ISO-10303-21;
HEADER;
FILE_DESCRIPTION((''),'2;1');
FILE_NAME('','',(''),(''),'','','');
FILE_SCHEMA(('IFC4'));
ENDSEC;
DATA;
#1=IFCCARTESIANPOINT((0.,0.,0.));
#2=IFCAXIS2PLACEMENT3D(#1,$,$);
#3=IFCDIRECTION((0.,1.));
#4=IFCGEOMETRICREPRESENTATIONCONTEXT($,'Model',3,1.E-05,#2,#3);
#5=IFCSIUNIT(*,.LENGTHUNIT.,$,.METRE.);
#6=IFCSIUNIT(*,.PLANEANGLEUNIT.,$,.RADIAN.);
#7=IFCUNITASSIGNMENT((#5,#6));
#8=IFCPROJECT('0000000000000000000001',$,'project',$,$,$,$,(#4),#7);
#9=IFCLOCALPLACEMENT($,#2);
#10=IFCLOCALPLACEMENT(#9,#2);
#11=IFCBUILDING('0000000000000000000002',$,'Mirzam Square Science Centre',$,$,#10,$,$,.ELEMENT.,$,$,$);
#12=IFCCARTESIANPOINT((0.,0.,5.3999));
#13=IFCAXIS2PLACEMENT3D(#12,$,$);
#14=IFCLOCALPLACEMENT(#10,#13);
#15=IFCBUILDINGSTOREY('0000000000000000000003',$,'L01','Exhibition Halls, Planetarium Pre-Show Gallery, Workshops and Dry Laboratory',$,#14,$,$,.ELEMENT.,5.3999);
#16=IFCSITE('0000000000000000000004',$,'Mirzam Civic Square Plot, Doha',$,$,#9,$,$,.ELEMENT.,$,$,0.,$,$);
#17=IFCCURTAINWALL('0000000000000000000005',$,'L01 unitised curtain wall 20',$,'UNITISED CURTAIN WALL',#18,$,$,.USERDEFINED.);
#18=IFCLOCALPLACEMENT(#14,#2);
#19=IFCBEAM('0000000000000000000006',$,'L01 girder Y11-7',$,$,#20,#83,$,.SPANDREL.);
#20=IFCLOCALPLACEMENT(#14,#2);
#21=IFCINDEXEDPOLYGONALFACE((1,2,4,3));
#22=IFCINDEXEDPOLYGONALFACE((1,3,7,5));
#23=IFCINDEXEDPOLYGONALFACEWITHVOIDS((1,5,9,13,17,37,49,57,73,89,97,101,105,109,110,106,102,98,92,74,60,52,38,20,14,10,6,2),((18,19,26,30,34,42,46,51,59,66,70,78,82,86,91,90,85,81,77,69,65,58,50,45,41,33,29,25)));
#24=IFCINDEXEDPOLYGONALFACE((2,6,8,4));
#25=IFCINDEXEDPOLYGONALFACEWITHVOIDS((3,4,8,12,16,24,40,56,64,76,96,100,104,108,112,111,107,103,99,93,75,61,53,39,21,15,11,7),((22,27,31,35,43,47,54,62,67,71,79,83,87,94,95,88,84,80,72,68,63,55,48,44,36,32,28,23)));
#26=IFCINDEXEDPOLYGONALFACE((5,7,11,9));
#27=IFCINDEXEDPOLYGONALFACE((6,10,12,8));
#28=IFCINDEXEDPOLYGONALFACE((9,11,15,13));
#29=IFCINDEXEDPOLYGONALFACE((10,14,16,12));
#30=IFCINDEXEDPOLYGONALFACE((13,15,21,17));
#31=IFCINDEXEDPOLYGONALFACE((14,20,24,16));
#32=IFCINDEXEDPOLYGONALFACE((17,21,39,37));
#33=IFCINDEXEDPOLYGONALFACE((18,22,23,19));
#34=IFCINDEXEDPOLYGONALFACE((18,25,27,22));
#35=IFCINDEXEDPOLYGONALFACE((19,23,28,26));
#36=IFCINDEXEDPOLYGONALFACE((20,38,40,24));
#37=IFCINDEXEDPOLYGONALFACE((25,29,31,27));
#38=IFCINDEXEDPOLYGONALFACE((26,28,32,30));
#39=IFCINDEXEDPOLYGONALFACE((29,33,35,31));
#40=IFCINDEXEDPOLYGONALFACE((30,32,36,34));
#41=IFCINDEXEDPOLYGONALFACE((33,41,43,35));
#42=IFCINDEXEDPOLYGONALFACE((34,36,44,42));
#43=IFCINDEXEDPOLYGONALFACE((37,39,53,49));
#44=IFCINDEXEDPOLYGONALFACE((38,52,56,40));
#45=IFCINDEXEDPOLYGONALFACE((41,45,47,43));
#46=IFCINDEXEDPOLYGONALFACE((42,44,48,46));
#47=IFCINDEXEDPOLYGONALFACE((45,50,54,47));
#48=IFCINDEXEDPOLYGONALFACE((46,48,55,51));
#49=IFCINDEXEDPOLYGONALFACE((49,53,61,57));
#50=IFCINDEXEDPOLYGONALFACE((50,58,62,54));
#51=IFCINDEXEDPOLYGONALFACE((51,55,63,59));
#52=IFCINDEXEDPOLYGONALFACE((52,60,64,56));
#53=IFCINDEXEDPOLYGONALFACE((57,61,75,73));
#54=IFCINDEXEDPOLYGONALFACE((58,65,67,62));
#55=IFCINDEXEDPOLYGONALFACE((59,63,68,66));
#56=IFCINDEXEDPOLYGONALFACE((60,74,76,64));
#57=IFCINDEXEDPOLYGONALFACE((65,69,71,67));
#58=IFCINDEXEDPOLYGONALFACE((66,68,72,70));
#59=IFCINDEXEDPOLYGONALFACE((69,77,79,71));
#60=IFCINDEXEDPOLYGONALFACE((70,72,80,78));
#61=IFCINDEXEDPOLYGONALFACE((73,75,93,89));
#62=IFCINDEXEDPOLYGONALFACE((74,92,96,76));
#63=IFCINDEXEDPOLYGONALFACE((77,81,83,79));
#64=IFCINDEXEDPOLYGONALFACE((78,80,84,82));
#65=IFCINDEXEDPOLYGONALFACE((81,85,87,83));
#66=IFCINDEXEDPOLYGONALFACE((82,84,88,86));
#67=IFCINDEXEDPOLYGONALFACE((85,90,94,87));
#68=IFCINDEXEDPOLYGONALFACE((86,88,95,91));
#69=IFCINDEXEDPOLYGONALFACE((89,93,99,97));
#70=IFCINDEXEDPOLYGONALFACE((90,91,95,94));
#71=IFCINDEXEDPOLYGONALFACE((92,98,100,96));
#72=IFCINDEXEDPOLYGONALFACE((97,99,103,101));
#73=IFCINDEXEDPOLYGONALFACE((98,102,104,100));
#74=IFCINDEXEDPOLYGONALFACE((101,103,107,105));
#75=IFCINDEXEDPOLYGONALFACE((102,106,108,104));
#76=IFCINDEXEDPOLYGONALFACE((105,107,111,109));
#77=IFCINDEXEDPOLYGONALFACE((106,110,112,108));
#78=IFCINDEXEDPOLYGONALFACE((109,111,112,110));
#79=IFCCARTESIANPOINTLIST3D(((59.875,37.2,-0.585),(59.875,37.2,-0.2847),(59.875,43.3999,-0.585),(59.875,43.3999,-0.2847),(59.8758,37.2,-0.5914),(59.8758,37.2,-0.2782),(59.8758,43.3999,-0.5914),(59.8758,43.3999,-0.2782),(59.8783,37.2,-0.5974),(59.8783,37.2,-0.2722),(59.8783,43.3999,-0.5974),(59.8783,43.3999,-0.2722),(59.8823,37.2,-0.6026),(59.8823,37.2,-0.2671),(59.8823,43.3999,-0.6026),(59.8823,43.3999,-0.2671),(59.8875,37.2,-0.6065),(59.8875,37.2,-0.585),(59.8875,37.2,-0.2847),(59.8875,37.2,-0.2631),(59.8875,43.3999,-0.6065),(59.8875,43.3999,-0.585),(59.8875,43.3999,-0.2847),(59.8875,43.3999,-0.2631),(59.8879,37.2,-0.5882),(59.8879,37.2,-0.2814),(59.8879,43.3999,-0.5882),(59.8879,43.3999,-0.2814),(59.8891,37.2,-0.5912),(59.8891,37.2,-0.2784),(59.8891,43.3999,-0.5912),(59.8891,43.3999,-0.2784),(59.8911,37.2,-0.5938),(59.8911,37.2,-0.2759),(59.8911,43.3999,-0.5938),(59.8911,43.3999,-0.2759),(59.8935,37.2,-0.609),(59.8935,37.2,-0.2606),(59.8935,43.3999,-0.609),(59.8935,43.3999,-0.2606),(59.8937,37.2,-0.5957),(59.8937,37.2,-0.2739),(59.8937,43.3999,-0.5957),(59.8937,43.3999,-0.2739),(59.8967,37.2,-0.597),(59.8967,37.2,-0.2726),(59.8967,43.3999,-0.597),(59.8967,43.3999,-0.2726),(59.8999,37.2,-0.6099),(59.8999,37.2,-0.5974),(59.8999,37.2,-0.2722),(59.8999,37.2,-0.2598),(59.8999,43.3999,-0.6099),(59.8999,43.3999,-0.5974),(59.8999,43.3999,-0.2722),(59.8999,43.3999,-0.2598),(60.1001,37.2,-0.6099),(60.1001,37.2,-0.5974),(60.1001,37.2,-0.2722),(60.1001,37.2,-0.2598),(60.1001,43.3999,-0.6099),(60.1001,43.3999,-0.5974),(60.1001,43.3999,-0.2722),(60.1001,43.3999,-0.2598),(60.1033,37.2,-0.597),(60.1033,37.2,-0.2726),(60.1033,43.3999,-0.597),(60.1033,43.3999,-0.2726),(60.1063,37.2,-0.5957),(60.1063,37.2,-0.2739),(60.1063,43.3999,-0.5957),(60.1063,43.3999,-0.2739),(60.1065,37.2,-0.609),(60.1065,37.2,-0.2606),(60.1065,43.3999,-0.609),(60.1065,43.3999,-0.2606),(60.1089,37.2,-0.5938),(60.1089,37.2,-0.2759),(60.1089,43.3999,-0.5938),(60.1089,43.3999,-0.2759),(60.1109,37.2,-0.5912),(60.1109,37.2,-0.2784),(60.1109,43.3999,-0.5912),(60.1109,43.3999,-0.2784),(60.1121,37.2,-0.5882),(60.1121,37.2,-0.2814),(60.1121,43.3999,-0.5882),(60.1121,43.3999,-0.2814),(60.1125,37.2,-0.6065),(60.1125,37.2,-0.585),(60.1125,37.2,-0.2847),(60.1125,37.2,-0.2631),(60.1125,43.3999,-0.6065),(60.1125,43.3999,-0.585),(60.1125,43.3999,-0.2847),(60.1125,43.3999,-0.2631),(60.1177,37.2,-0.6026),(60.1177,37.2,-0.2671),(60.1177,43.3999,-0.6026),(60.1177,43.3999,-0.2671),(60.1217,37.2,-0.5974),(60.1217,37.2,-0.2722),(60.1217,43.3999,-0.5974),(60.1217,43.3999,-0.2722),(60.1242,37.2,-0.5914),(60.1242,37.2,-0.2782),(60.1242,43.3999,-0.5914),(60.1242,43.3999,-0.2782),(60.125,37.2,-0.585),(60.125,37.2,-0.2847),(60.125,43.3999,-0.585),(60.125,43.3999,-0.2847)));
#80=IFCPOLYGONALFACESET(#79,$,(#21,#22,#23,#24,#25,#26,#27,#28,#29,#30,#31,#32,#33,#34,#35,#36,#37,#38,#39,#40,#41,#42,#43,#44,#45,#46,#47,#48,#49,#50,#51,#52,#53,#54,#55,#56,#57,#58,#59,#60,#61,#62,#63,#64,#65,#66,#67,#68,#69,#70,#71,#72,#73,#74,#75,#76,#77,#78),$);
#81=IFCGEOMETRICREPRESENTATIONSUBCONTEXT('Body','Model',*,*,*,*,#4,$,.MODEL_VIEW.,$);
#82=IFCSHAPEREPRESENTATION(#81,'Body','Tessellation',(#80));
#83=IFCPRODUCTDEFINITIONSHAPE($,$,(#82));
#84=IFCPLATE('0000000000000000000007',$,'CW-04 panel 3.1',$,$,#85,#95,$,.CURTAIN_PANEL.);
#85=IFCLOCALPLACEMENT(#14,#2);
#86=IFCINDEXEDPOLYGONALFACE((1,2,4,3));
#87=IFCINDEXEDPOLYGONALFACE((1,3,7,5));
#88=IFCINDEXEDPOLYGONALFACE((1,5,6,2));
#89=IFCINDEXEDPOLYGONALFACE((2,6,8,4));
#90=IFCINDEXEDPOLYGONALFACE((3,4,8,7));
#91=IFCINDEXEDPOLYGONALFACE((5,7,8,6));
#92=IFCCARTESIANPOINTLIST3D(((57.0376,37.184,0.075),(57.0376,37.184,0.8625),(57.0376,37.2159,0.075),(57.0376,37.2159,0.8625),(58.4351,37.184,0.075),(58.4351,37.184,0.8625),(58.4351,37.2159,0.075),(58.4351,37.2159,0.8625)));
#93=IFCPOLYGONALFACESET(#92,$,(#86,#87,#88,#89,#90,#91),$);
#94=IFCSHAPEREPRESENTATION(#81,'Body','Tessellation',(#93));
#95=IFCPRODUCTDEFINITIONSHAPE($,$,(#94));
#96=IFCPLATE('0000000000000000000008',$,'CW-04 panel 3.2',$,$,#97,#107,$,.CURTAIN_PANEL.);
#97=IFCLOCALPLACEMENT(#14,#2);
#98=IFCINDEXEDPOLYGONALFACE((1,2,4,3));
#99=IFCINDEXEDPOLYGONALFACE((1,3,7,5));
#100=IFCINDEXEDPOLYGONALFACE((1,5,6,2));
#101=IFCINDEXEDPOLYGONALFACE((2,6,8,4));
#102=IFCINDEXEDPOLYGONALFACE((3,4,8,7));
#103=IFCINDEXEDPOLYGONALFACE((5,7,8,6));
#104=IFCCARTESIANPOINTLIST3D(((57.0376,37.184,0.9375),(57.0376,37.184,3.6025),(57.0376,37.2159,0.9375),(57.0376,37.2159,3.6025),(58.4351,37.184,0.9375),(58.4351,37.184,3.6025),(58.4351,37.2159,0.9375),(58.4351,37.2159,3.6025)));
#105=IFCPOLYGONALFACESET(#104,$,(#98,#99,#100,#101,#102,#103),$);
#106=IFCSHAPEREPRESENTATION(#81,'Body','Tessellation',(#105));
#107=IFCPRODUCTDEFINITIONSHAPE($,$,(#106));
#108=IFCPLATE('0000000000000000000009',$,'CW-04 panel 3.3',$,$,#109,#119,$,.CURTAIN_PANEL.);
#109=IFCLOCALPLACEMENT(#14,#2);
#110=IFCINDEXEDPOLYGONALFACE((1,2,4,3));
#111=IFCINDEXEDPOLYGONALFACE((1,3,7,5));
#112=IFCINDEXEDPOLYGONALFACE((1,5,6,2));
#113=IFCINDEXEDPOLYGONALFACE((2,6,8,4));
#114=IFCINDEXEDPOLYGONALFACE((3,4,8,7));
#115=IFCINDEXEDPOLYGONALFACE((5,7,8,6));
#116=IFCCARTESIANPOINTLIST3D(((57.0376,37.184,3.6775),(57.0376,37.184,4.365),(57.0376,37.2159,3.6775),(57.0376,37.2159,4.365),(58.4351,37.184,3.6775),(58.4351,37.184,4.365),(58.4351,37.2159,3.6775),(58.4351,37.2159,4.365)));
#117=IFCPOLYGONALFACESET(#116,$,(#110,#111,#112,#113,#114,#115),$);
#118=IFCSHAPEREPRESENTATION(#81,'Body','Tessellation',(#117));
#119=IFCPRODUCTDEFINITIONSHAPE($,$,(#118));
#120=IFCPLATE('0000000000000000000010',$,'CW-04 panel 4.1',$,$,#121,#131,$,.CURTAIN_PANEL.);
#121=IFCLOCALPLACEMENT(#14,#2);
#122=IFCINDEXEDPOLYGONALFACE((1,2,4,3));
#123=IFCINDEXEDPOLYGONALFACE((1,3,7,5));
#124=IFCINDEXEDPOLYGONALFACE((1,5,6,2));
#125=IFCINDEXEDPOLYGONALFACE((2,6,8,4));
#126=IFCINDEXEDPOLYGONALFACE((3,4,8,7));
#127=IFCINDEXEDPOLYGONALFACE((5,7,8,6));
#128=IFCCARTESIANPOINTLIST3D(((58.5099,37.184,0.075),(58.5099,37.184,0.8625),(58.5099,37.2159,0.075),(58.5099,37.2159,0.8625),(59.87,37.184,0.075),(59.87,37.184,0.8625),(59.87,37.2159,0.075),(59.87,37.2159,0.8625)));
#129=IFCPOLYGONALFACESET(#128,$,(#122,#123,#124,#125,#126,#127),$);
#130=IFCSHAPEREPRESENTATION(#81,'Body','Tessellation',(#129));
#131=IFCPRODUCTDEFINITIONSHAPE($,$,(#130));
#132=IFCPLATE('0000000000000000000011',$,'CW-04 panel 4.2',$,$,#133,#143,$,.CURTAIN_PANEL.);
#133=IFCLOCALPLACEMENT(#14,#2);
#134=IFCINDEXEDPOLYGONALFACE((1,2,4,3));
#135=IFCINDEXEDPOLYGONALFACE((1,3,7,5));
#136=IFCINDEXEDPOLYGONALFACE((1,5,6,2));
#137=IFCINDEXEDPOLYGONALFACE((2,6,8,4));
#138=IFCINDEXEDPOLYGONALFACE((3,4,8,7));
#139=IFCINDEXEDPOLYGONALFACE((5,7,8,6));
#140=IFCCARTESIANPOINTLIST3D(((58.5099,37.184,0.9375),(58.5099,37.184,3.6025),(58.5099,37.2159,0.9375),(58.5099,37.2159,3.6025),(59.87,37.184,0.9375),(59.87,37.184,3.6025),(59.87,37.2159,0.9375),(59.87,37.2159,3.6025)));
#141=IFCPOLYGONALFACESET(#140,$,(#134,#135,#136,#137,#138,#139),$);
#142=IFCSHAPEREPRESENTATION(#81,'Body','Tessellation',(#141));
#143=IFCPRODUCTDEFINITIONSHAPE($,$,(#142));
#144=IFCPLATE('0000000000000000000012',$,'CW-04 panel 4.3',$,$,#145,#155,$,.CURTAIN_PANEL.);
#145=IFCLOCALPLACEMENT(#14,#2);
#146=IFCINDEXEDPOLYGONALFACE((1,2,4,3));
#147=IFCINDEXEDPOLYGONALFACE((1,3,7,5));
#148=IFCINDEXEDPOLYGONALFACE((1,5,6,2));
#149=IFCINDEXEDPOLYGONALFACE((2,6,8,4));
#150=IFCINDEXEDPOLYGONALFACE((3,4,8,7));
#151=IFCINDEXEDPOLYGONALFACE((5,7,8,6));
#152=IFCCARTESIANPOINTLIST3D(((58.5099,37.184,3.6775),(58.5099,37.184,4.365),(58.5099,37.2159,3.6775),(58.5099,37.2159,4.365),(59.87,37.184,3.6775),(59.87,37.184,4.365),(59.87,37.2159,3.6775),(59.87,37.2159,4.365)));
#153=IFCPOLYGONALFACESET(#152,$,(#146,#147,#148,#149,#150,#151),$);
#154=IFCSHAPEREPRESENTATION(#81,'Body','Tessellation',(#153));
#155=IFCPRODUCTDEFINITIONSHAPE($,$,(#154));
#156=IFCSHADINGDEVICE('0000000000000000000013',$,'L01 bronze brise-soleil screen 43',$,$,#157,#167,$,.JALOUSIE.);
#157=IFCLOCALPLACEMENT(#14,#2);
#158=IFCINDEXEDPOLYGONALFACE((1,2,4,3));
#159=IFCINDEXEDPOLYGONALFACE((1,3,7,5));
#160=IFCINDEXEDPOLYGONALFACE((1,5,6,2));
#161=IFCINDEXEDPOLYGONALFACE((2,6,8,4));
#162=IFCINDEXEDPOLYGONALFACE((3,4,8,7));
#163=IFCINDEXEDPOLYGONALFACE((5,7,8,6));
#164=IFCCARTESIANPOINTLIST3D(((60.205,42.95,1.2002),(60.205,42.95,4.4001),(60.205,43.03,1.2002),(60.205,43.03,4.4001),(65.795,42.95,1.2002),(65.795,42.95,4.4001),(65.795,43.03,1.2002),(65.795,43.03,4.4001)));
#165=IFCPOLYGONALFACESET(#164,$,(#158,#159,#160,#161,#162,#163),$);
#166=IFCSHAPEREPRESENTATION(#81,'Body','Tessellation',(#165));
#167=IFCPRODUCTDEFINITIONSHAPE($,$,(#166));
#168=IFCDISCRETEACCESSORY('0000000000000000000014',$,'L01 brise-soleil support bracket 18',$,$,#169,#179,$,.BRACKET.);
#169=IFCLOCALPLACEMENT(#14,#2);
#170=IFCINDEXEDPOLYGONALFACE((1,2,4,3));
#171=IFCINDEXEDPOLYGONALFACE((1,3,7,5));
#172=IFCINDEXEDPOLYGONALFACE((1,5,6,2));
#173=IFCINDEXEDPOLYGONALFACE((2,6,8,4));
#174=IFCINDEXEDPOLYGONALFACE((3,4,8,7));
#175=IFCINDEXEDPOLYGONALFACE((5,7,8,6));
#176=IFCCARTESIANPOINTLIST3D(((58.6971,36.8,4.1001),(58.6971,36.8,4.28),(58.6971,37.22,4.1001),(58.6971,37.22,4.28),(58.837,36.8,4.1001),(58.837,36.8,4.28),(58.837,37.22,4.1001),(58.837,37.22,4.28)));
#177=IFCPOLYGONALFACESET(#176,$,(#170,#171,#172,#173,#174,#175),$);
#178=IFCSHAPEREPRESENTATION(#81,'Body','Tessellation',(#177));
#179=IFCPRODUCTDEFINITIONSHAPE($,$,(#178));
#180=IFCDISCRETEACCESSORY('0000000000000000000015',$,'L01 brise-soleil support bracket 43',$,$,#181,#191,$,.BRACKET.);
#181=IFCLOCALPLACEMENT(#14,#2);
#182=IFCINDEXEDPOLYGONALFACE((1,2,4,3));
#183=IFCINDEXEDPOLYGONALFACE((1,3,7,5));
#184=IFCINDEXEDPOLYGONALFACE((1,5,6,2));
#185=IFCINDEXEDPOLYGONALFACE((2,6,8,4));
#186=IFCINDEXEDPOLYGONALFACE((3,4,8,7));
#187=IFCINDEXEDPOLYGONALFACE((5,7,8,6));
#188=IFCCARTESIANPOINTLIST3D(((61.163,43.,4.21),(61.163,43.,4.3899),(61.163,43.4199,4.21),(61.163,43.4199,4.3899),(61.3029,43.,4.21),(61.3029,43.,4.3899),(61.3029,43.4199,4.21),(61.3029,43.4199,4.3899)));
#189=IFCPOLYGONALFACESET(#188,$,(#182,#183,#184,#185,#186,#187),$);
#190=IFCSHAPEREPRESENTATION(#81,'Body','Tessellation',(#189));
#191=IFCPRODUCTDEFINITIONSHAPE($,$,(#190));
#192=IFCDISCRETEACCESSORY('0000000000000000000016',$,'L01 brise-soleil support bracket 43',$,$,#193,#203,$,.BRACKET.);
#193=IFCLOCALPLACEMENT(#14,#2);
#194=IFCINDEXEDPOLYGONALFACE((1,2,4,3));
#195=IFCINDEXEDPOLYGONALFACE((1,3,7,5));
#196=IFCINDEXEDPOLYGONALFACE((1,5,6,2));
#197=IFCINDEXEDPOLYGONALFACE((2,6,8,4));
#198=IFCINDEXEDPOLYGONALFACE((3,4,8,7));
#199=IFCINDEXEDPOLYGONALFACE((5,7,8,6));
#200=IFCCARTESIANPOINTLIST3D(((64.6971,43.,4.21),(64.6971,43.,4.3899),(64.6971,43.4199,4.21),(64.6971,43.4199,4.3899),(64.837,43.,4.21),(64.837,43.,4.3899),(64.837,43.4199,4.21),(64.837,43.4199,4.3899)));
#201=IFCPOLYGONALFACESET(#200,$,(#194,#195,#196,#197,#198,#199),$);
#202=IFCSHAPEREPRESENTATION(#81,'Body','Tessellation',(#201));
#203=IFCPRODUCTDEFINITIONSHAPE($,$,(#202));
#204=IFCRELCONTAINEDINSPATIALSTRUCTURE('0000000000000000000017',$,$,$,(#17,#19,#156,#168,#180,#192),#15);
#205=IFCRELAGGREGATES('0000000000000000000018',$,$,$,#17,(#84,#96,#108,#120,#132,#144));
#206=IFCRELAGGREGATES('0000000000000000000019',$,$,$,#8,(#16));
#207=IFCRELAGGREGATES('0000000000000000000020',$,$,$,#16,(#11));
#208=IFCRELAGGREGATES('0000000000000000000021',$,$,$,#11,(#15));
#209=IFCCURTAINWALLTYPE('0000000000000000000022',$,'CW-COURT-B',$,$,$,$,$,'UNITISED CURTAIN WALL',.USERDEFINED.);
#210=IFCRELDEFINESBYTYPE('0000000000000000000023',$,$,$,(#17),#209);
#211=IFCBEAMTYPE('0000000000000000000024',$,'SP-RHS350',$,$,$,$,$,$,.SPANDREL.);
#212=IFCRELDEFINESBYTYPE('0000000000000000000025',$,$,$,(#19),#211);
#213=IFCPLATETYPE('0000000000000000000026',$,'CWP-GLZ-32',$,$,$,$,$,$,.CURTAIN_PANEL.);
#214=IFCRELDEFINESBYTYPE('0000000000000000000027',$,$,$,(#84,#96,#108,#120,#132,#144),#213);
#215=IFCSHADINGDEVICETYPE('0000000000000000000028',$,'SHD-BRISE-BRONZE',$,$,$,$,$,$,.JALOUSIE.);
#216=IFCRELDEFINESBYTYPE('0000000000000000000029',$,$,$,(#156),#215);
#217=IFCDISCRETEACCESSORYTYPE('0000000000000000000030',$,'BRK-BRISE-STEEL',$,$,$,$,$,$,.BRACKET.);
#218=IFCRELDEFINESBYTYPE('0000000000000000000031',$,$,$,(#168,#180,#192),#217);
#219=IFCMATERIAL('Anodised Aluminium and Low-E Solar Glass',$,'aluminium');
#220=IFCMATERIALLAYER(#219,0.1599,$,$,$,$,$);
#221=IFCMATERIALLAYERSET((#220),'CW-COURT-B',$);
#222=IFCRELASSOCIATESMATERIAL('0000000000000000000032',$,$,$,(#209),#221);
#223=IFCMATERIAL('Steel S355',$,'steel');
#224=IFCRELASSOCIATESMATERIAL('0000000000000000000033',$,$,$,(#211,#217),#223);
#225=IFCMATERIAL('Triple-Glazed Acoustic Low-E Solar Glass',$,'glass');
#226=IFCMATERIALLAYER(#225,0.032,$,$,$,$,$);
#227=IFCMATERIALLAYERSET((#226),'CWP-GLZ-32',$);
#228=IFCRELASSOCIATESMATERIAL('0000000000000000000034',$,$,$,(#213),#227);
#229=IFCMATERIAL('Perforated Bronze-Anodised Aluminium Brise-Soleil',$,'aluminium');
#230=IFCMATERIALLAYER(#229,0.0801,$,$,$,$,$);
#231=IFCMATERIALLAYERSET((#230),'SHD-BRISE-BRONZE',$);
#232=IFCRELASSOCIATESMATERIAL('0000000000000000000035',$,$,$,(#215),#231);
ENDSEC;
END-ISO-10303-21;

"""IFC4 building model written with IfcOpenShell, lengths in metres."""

from ifc_helpers import new_model, si_unit, direction, frame, origin, origin_2d, place, context, subcontext, project, spatial, rectangle, hollow_rectangle, extrude, material, layer, layer_set, material_profile, profile_set, type_object, element, aggregate, save


model = new_model("IFC4")

# Units and contexts
model_context = context("Model", 3, precision=1e-05, world=origin(), true_north=direction((0.0, 1.0)))
body_context = subcontext(model_context, "Body", "Model", "MODEL_VIEW")
ifc_project = project(units=[si_unit("LENGTHUNIT", "METRE"), si_unit("PLANEANGLEUNIT", "RADIAN")], contexts=[model_context])

# Site, building, storey
site_placement = place(None, origin())
site = spatial("IfcSite", under=ifc_project, at=site_placement, Name="Mirzam Civic Square Plot, Doha", CompositionType="ELEMENT", RefElevation=0.0)
building_placement = place(site_placement, origin())
building = spatial("IfcBuilding", under=site, at=building_placement, Name="Mirzam Square Science Centre", CompositionType="ELEMENT")
storey_placement = place(building_placement, frame((0.0, 0.0, 5.3999)))
storey = spatial("IfcBuildingStorey", under=building, at=storey_placement, Name="L01", Description="Exhibition Halls, Planetarium Pre-Show Gallery, Workshops and Dry Laboratory", CompositionType="ELEMENT", Elevation=5.3999)

# Shared definitions
ifc_material_1 = material(Name="Steel S355", Category="steel")

# Shared definitions
ifc_material_2 = material(Name="Anodised Aluminium and Low-E Solar Glass", Category="aluminium")

# Curtain wall
ifc_layer_1 = layer(ifc_material_2, 0.1599)
ifc_layer_set_1 = layer_set([ifc_layer_1], Name="CW-COURT-B")
curtain_wall_type_1 = type_object("IfcCurtainWallType", Name="CW-COURT-B", ElementType="UNITISED CURTAIN WALL", PredefinedType="USERDEFINED", material=ifc_layer_set_1)
curtain_wall_1_placement = place(storey_placement, origin())
curtain_wall_1 = element("IfcCurtainWall", 1, at=curtain_wall_1_placement, inside=storey, type_object=curtain_wall_type_1, Name="L01 unitised curtain wall 20", ObjectType="UNITISED CURTAIN WALL", PredefinedType="USERDEFINED")

# Beam
ifc_material_profile_1 = material_profile(ifc_material_1, hollow_rectangle(XDim=0.25, YDim=0.3501, WallThickness=0.0125, InnerFilletRadius=0.0125, OuterFilletRadius=0.0249, at=origin_2d()), Name="350x250x12.5RHS")
ifc_profile_set_1 = profile_set([ifc_material_profile_1], Name="Steel S355")
beam_type_1 = type_object("IfcBeamType", Name="SP-RHS350", PredefinedType="SPANDREL", material=ifc_profile_set_1)
beam_1_placement = place(storey_placement, frame((60.0, 37.2, -0.4348), z_axis=(0.0, 1.0, 0.0), x_axis=(-1.0, 0.0, 0.0)))
element("IfcBeam", 2, at=beam_1_placement, inside=storey, type_object=beam_type_1, Name="L01 girder Y11-7", PredefinedType="SPANDREL", context=body_context, shape_type="SweptSolid", body=[
    extrude(hollow_rectangle(XDim=0.25, YDim=0.3501, WallThickness=0.0125, InnerFilletRadius=0.0125, OuterFilletRadius=0.0249, at=origin_2d()), origin(), (0.0, 0.0, 1.0), 6.2),
])

# Plates
ifc_material_3 = material(Name="Triple-Glazed Acoustic Low-E Solar Glass", Category="glass")
ifc_layer_2 = layer(ifc_material_3, 0.032)
ifc_layer_set_2 = layer_set([ifc_layer_2], Name="CWP-GLZ-32")
plate_type = type_object("IfcPlateType", Name="CWP-GLZ-32", PredefinedType="CURTAIN_PANEL", material=ifc_layer_set_2)
plate_1_placement = place(storey_placement, frame((57.7363, 37.2, 0.075), z_axis=(0.0, 0.0, 1.0), x_axis=(1.0, 0.0, 0.0)))
plate_1 = element("IfcPlate", 3, at=plate_1_placement, type_object=plate_type, Name="CW-04 panel 3.1", PredefinedType="CURTAIN_PANEL", context=body_context, shape_type="SweptSolid", body=[
    extrude(rectangle(XDim=1.3975, YDim=0.032, at=origin_2d()), origin(), (0.0, 0.0, 1.0), 0.7876),
])
plate_2_placement = place(storey_placement, frame((57.7363, 37.2, 0.9375), z_axis=(0.0, 0.0, 1.0), x_axis=(1.0, 0.0, 0.0)))
plate_2 = element("IfcPlate", 4, at=plate_2_placement, type_object=plate_type, Name="CW-04 panel 3.2", PredefinedType="CURTAIN_PANEL", context=body_context, shape_type="SweptSolid", body=[
    extrude(rectangle(XDim=1.3975, YDim=0.032, at=origin_2d()), origin(), (0.0, 0.0, 1.0), 2.665),
])
plate_3_placement = place(storey_placement, frame((57.7363, 37.2, 3.6775), z_axis=(0.0, 0.0, 1.0), x_axis=(1.0, 0.0, 0.0)))
plate_3 = element("IfcPlate", 5, at=plate_3_placement, type_object=plate_type, Name="CW-04 panel 3.3", PredefinedType="CURTAIN_PANEL", context=body_context, shape_type="SweptSolid", body=[
    extrude(rectangle(XDim=1.3975, YDim=0.032, at=origin_2d()), origin(), (0.0, 0.0, 1.0), 0.6875),
])
plate_4_placement = place(storey_placement, frame((59.1899, 37.2, 0.075), z_axis=(0.0, 0.0, 1.0), x_axis=(1.0, 0.0, 0.0)))
plate_4 = element("IfcPlate", 6, at=plate_4_placement, type_object=plate_type, Name="CW-04 panel 4.1", PredefinedType="CURTAIN_PANEL", context=body_context, shape_type="SweptSolid", body=[
    extrude(rectangle(XDim=1.3601, YDim=0.032, at=origin_2d()), origin(), (0.0, 0.0, 1.0), 0.7876),
])
plate_5_placement = place(storey_placement, frame((59.1899, 37.2, 0.9375), z_axis=(0.0, 0.0, 1.0), x_axis=(1.0, 0.0, 0.0)))
plate_5 = element("IfcPlate", 7, at=plate_5_placement, type_object=plate_type, Name="CW-04 panel 4.2", PredefinedType="CURTAIN_PANEL", context=body_context, shape_type="SweptSolid", body=[
    extrude(rectangle(XDim=1.3601, YDim=0.032, at=origin_2d()), origin(), (0.0, 0.0, 1.0), 2.665),
])
plate_6_placement = place(storey_placement, frame((59.1899, 37.2, 3.6775), z_axis=(0.0, 0.0, 1.0), x_axis=(1.0, 0.0, 0.0)))
plate_6 = element("IfcPlate", 8, at=plate_6_placement, type_object=plate_type, Name="CW-04 panel 4.3", PredefinedType="CURTAIN_PANEL", context=body_context, shape_type="SweptSolid", body=[
    extrude(rectangle(XDim=1.3601, YDim=0.032, at=origin_2d()), origin(), (0.0, 0.0, 1.0), 0.6875),
])
aggregate(curtain_wall_1, [plate_1, plate_2, plate_3, plate_4, plate_5, plate_6])

# Shading device
ifc_material_4 = material(Name="Perforated Bronze-Anodised Aluminium Brise-Soleil", Category="aluminium")
ifc_layer_3 = layer(ifc_material_4, 0.0801)
ifc_layer_set_3 = layer_set([ifc_layer_3], Name="SHD-BRISE-BRONZE")
shading_device_type = type_object("IfcShadingDeviceType", Name="SHD-BRISE-BRONZE", PredefinedType="JALOUSIE", material=ifc_layer_set_3)
shading_device_placement = place(storey_placement, frame((63.0, 42.99, 1.2002), z_axis=(0.0, 0.0, 1.0), x_axis=(1.0, 0.0, 0.0)))
element("IfcShadingDevice", 9, at=shading_device_placement, inside=storey, type_object=shading_device_type, Name="L01 bronze brise-soleil screen 43", PredefinedType="JALOUSIE", context=body_context, shape_type="SweptSolid", body=[
    extrude(rectangle(XDim=5.5901, YDim=0.0801, at=origin_2d()), origin(), (0.0, 0.0, 1.0), 3.2),
])

# Discrete accessories
discrete_accessory_type = type_object("IfcDiscreteAccessoryType", Name="BRK-BRISE-STEEL", PredefinedType="BRACKET", material=ifc_material_1)
for number, where, z_axis, x_axis, name in (
    (10, (58.7671, 37.01, 4.1001), (0.0, 0.0, 1.0), (1.0, 0.0, 0.0), "L01 brise-soleil support bracket 18"),
    (11, (61.2329, 43.21, 4.21), (0.0, 0.0, 1.0), (1.0, 0.0, 0.0), "L01 brise-soleil support bracket 43"),
    (12, (64.7671, 43.21, 4.21), (0.0, 0.0, 1.0), (1.0, 0.0, 0.0), "L01 brise-soleil support bracket 43"),
):
    element("IfcDiscreteAccessory", number, at=place(storey_placement, frame(where, z_axis=z_axis, x_axis=x_axis)), inside=storey, type_object=discrete_accessory_type, Name=name, PredefinedType="BRACKET", context=body_context, shape_type="SweptSolid", body=[
        extrude(rectangle(XDim=0.1399, YDim=0.4199, at=origin_2d()), origin(), (0.0, 0.0, 1.0), 0.1799),
    ])

save(model, "model.ifc")
